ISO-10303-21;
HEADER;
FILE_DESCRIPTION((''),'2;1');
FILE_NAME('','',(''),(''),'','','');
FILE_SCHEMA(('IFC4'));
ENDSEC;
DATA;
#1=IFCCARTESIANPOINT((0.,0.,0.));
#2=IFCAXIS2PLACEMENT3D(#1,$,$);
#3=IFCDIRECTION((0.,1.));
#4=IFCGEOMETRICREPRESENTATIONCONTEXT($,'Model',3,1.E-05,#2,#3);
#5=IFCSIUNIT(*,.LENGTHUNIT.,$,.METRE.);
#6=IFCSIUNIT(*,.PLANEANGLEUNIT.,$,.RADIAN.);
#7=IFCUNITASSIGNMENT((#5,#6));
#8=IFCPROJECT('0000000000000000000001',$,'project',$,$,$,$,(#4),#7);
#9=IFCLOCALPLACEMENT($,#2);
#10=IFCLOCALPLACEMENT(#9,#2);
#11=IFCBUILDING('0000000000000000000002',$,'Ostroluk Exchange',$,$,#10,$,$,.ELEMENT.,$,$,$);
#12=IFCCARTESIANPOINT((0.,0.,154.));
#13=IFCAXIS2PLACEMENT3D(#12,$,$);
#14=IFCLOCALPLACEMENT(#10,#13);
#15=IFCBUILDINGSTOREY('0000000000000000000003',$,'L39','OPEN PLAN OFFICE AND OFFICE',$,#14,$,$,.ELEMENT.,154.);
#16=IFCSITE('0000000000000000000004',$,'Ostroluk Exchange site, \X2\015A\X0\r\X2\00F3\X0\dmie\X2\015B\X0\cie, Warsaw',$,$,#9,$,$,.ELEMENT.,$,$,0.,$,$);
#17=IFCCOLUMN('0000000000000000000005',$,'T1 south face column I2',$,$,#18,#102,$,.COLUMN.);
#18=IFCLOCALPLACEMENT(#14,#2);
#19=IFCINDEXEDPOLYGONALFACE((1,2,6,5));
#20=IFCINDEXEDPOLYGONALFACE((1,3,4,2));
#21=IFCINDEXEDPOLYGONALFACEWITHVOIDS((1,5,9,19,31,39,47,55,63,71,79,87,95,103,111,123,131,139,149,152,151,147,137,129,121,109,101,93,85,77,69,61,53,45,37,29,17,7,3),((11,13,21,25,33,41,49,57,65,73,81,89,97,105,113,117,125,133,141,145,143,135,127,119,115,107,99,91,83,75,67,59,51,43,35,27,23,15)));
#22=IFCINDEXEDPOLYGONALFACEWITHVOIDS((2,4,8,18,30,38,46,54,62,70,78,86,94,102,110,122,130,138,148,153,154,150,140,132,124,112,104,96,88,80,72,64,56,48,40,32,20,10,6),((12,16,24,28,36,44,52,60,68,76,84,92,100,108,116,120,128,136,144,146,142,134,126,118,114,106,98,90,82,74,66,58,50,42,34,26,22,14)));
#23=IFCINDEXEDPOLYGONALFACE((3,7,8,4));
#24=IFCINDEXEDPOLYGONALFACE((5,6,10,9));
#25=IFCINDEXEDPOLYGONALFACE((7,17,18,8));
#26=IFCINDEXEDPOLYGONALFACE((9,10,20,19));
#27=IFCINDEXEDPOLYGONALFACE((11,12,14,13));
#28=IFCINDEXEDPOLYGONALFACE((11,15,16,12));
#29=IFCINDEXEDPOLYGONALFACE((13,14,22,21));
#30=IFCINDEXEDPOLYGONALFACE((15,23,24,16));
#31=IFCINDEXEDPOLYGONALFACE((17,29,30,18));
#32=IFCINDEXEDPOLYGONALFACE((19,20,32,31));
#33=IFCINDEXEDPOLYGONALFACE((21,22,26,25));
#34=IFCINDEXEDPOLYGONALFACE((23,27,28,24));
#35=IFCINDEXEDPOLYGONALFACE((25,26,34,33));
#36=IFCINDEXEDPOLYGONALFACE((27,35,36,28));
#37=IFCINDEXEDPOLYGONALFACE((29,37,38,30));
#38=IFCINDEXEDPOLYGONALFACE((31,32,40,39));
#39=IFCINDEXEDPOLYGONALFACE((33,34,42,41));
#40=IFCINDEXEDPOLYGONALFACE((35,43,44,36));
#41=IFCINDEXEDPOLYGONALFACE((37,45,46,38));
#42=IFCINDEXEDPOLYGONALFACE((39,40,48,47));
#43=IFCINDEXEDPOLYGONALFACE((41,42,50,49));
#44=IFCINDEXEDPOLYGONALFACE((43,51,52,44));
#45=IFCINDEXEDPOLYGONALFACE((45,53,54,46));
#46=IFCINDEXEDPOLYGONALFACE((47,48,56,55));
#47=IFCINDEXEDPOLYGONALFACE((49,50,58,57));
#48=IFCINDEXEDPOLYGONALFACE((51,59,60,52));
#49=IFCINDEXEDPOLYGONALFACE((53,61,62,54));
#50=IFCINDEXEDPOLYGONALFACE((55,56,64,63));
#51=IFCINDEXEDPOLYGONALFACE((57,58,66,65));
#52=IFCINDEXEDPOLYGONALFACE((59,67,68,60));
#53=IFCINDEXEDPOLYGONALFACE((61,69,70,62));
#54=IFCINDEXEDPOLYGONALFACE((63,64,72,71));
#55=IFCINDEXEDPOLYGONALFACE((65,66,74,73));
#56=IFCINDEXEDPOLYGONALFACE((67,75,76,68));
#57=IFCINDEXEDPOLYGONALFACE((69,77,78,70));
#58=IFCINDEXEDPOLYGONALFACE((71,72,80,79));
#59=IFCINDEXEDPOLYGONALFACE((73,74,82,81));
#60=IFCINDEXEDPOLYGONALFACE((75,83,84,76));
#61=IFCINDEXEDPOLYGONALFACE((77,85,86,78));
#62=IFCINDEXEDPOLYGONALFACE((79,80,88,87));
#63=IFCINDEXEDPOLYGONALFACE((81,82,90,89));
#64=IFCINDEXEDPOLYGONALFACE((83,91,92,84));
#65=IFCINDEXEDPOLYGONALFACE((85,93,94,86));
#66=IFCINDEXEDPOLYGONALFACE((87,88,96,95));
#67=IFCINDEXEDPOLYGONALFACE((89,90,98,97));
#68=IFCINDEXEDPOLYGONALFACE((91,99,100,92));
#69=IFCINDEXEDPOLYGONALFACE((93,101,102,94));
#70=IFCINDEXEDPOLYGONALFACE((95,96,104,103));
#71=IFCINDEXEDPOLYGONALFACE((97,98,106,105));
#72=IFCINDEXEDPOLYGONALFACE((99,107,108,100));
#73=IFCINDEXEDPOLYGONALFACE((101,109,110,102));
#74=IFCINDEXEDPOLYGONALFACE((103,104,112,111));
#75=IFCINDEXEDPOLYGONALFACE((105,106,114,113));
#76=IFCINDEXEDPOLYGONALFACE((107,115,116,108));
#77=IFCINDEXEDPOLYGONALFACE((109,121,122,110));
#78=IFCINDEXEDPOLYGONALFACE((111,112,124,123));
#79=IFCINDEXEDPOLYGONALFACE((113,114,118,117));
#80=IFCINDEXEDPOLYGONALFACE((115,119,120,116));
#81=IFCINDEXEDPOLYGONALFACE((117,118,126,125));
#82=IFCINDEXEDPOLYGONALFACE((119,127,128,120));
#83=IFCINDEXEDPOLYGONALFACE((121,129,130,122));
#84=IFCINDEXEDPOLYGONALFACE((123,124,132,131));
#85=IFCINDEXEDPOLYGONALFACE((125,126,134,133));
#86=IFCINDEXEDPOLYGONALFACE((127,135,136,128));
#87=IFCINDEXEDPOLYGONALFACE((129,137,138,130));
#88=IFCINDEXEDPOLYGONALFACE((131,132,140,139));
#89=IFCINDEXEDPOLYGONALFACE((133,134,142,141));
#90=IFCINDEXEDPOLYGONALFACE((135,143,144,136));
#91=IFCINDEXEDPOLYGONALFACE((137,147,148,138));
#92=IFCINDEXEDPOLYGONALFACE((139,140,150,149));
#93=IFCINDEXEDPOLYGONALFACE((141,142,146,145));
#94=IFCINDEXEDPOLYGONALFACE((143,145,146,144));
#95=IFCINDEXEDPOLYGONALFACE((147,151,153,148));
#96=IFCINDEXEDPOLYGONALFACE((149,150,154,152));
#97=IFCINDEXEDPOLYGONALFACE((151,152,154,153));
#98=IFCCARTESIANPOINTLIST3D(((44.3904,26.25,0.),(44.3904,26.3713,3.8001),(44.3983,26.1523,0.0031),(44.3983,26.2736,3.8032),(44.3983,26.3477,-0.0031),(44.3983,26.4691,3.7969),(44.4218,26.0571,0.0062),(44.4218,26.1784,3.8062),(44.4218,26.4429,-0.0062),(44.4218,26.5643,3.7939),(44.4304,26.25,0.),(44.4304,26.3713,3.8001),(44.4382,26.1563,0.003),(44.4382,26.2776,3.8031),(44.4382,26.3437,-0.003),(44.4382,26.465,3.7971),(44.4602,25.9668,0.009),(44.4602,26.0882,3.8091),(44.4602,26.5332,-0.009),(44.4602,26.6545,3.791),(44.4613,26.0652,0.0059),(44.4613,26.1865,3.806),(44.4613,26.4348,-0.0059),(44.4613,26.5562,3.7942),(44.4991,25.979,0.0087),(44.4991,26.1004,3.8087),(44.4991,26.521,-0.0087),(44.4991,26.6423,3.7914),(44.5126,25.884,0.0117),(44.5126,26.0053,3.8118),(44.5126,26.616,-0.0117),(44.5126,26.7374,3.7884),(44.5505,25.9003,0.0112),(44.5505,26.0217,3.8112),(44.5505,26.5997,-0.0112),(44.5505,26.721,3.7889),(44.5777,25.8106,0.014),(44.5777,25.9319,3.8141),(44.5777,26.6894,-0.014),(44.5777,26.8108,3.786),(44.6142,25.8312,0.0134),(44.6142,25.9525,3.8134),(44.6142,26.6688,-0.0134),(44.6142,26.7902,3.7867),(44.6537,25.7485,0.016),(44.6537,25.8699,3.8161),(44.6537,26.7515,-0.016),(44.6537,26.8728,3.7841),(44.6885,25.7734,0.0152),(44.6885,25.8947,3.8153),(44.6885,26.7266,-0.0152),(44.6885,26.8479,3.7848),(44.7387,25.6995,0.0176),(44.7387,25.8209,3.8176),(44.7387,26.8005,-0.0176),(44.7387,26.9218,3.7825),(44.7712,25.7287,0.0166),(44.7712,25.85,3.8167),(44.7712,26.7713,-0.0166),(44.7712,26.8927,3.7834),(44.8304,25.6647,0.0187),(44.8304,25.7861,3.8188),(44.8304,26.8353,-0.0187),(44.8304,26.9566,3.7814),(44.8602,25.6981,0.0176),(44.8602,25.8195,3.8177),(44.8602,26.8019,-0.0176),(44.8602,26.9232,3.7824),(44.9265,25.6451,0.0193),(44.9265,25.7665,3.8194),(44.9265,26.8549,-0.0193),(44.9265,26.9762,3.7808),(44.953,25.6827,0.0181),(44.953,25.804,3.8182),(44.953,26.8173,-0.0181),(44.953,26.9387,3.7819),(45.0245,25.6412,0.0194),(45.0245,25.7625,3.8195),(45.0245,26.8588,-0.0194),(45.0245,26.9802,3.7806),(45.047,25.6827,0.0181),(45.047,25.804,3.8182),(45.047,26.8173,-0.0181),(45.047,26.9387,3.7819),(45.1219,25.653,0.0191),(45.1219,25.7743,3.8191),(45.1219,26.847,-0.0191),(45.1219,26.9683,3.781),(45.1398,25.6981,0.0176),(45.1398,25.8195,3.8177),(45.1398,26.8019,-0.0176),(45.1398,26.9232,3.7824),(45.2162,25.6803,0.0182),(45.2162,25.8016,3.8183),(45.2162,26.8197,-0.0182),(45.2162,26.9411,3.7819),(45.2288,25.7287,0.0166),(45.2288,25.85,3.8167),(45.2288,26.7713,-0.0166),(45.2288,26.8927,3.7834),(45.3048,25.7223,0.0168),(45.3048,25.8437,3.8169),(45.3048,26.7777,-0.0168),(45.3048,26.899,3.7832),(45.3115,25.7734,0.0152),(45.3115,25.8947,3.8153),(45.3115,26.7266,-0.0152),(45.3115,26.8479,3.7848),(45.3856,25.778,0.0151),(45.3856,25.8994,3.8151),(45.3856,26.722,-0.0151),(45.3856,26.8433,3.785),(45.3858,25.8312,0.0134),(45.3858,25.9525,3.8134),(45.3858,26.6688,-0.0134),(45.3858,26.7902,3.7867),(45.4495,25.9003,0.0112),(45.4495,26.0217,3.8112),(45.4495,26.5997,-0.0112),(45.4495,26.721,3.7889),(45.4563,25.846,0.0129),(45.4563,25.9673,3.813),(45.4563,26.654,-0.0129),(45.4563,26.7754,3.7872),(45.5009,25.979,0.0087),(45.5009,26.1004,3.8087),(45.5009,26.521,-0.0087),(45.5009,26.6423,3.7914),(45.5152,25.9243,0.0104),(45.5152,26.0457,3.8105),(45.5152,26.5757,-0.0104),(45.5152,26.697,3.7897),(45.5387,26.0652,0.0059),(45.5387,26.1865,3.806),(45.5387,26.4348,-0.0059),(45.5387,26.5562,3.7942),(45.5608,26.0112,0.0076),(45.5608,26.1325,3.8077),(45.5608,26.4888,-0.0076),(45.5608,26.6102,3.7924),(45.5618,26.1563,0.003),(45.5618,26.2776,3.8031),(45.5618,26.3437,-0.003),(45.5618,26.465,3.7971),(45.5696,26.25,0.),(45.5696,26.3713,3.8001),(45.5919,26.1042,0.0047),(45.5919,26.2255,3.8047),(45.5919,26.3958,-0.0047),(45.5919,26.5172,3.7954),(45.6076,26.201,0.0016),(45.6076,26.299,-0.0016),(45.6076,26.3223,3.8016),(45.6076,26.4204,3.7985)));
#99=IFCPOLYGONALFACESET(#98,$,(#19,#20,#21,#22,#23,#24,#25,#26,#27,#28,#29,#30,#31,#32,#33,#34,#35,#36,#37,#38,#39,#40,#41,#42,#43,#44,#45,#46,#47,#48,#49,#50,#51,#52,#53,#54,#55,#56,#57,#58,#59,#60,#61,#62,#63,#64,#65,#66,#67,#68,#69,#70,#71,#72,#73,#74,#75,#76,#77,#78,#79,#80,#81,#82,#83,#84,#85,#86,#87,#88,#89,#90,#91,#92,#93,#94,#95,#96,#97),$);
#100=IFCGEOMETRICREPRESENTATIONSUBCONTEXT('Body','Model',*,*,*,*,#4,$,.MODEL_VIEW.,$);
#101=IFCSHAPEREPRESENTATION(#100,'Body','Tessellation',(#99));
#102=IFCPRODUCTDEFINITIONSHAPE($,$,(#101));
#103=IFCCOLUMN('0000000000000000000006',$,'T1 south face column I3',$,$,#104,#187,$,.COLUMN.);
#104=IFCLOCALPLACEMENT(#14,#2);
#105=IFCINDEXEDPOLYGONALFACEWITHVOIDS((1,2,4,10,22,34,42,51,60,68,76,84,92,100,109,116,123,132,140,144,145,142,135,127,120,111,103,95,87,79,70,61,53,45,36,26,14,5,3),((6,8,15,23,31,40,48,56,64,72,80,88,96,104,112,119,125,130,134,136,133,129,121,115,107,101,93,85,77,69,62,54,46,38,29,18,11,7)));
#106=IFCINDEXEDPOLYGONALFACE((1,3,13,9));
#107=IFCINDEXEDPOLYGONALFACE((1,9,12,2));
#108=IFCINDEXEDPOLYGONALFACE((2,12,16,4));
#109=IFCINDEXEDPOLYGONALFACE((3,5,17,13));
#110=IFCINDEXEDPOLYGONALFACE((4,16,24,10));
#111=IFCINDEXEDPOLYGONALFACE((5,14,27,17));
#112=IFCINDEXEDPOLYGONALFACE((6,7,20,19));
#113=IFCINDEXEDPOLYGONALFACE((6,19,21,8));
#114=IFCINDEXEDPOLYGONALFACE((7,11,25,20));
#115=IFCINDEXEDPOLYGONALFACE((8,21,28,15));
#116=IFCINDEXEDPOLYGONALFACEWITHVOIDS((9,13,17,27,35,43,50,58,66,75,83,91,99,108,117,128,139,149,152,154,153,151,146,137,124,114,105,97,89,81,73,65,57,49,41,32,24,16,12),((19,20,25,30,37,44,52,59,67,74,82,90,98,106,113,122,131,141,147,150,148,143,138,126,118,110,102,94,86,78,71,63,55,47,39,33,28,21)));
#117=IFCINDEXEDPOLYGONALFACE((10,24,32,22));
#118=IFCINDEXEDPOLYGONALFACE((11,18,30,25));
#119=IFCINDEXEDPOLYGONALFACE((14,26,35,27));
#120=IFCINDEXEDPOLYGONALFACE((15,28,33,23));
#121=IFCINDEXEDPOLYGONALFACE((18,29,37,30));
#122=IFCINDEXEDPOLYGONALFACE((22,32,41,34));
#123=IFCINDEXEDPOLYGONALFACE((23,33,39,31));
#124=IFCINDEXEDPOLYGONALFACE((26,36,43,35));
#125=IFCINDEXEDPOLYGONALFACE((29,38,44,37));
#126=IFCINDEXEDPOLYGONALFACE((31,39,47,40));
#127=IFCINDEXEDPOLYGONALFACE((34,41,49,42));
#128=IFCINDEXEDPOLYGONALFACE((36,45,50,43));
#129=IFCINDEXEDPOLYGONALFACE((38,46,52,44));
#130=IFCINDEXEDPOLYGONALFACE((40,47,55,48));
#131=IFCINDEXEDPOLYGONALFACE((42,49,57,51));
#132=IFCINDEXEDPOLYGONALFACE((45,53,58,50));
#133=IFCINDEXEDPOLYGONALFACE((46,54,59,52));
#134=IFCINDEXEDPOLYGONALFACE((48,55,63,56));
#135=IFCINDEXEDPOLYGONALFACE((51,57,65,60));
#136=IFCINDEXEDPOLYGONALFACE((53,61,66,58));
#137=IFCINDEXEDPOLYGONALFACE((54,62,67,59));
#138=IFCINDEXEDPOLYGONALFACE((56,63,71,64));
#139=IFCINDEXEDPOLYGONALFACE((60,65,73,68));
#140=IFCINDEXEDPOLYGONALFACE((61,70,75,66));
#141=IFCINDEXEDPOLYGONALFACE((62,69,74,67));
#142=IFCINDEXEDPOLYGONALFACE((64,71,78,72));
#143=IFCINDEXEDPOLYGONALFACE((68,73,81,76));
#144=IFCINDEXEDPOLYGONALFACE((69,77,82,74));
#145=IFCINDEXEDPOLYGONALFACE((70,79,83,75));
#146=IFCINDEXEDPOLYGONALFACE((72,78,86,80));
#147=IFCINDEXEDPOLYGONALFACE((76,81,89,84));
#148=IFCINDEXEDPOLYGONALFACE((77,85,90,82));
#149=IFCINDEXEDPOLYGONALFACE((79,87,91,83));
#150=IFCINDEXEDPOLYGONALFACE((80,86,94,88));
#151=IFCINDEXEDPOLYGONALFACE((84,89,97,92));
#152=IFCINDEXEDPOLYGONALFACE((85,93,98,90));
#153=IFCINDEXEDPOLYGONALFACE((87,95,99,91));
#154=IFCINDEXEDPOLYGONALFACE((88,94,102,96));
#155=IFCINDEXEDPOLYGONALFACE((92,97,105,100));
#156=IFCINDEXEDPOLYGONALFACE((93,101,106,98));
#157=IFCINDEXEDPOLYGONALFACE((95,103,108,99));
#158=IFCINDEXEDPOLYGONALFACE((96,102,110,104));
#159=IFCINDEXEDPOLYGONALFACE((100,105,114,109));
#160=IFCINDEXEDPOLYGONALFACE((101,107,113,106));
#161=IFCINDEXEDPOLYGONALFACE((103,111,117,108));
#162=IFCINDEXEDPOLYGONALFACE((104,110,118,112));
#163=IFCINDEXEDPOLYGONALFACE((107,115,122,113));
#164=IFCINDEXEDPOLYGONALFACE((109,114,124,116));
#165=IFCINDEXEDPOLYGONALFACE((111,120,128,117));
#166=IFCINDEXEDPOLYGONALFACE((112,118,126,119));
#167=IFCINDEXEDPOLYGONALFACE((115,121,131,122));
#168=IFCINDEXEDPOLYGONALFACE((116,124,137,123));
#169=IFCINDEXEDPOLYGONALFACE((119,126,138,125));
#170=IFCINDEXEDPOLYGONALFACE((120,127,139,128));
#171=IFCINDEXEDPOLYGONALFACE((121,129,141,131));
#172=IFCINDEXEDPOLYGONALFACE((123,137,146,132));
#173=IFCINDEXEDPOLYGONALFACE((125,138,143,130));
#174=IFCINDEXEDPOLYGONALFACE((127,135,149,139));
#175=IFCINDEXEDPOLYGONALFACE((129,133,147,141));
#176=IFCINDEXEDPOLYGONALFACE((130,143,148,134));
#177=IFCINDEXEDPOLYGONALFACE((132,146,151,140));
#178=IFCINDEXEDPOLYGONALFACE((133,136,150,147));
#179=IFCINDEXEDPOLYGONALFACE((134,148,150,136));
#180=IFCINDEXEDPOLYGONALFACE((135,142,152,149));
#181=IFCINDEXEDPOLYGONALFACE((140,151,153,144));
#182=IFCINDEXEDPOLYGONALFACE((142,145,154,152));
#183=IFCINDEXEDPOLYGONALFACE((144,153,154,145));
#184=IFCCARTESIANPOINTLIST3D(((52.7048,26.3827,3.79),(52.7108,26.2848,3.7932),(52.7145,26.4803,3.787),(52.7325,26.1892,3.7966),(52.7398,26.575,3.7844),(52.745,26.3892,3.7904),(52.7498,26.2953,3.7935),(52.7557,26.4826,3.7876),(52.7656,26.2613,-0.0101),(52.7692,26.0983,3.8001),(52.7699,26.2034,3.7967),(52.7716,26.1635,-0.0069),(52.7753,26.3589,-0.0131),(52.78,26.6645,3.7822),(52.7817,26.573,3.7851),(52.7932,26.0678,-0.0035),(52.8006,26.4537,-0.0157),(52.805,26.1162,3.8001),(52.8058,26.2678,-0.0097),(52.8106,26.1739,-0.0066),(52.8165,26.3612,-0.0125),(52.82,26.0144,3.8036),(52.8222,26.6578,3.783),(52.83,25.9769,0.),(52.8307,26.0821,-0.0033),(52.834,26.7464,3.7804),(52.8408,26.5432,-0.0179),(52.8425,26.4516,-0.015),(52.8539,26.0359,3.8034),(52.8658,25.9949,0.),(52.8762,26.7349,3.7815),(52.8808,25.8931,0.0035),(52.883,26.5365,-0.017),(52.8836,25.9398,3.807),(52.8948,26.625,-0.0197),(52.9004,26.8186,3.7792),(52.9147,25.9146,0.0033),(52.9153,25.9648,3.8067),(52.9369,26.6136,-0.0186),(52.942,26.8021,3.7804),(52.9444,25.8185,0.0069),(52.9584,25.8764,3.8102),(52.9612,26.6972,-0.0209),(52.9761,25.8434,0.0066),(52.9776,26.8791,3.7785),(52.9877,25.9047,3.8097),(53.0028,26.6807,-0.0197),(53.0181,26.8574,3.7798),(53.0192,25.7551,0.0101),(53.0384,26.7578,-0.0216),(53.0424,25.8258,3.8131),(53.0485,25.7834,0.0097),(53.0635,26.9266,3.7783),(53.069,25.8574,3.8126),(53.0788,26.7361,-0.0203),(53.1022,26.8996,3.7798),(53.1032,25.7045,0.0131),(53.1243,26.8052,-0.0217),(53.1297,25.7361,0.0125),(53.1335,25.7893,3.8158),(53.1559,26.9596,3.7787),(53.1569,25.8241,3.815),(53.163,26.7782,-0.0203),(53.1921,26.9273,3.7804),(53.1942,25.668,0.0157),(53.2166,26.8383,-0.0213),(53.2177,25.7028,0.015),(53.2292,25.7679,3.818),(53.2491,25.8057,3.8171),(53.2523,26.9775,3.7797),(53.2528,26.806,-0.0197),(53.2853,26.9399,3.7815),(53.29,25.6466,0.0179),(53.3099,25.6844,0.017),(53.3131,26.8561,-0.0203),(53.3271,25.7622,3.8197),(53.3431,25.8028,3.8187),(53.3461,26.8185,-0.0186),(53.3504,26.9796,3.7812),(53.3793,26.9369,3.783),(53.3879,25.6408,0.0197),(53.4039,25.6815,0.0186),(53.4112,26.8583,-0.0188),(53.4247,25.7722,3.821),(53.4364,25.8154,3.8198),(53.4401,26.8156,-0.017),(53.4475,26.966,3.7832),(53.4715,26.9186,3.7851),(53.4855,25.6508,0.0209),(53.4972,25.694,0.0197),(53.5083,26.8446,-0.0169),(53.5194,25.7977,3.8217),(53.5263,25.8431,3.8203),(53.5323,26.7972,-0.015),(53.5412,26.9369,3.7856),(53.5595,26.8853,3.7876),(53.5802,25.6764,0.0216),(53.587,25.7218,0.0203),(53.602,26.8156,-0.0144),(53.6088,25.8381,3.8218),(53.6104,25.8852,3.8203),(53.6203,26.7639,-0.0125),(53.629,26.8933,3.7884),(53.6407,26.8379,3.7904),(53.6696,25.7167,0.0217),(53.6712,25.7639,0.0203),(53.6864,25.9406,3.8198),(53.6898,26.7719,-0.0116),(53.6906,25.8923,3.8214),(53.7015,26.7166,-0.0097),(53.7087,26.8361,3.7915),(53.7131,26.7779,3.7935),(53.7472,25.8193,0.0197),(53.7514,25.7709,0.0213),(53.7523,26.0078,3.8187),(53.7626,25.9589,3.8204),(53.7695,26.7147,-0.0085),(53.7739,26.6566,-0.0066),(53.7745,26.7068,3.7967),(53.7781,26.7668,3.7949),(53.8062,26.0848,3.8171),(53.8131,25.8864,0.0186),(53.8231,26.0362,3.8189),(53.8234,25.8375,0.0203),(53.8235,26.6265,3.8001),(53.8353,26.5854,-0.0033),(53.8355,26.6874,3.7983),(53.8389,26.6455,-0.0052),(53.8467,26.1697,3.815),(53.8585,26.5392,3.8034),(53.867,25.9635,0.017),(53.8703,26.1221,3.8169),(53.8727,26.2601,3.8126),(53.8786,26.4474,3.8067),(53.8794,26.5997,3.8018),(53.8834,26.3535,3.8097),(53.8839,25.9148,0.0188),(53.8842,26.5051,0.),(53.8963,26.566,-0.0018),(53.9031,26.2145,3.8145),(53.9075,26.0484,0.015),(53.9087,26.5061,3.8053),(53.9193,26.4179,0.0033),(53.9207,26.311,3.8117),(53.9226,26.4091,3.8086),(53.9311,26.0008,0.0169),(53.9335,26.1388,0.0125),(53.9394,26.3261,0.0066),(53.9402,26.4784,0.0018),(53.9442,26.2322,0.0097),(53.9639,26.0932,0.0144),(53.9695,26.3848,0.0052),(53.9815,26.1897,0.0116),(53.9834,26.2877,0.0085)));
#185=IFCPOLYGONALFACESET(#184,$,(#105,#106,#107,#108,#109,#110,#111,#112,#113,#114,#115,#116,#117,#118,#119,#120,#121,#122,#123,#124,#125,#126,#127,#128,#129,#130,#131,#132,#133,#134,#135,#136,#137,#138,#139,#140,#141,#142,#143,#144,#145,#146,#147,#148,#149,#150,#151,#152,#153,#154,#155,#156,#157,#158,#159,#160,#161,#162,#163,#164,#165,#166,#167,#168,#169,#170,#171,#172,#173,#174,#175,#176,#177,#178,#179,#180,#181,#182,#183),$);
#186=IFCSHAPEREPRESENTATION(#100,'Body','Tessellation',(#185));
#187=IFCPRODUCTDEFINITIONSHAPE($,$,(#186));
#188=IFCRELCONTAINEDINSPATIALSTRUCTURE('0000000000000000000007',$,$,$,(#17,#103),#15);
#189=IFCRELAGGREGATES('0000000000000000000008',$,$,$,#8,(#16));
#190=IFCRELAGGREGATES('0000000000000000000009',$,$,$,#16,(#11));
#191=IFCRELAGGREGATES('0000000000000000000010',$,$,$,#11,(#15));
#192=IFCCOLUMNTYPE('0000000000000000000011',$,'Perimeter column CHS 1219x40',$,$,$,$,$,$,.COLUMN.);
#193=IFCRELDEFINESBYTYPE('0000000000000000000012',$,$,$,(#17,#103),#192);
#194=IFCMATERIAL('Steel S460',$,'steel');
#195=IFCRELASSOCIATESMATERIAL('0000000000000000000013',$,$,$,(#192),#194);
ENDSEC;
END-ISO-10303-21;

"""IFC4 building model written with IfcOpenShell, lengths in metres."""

from ifc_helpers import new_model, si_unit, direction, frame, origin, origin_2d, place, context, subcontext, project, spatial, hollow_circle, extrude, material, material_profile, profile_set, type_object, element, save


model = new_model("IFC4")

# Units and contexts
model_context = context("Model", 3, precision=1e-05, world=origin(), true_north=direction((0.0, 1.0)))
body_context = subcontext(model_context, "Body", "Model", "MODEL_VIEW")
ifc_project = project(units=[si_unit("LENGTHUNIT", "METRE"), si_unit("PLANEANGLEUNIT", "RADIAN")], contexts=[model_context])

# Site, building, storey
site_placement = place(None, origin())
site = spatial("IfcSite", under=ifc_project, at=site_placement, Name="Ostroluk Exchange site, Śródmieście, Warsaw", CompositionType="ELEMENT", RefElevation=0.0)
building_placement = place(site_placement, origin())
building = spatial("IfcBuilding", under=site, at=building_placement, Name="Ostroluk Exchange", CompositionType="ELEMENT")
storey_placement = place(building_placement, frame((0.0, 0.0, 154.0)))
storey = spatial("IfcBuildingStorey", under=building, at=storey_placement, Name="L39", Description="OPEN PLAN OFFICE AND OFFICE", CompositionType="ELEMENT", Elevation=154.0)

# Columns
ifc_material_1 = material(Name="Steel S460", Category="steel")
ifc_material_profile_1 = material_profile(ifc_material_1, hollow_circle(Radius=0.6096, WallThickness=0.04, at=origin_2d()), Name="CHS 1219x40")
ifc_profile_set_1 = profile_set([ifc_material_profile_1], Name="Steel S460")
column_type = type_object("IfcColumnType", Name="Perimeter column CHS 1219x40", PredefinedType="COLUMN", material=ifc_profile_set_1)
column_1_placement = place(storey_placement, frame((45.0, 26.25, 0.0), z_axis=(0.0, 0.031914, 0.999491), x_axis=(-1.0, 0.0, 0.0)))
element("IfcColumn", 1, at=column_1_placement, inside=storey, type_object=column_type, Name="T1 south face column I2", PredefinedType="COLUMN", context=body_context, shape_type="SweptSolid", body=[
    extrude(hollow_circle(Radius=0.6096, WallThickness=0.04, at=origin_2d()), origin(), (0.0, 0.0, 1.0), 3.802),
])
column_2_placement = place(storey_placement, frame((53.375, 26.25, 0.0), z_axis=(-0.015987, 0.03191, 0.999363), x_axis=(-0.894067, -0.447933, 0.0)))
element("IfcColumn", 2, at=column_2_placement, inside=storey, type_object=column_type, Name="T1 south face column I3", PredefinedType="COLUMN", context=body_context, shape_type="SweptSolid", body=[
    extrude(hollow_circle(Radius=0.6096, WallThickness=0.04, at=origin_2d()), origin(), (0.0, 0.0, 1.0), 3.8025),
])

save(model, "model.ifc")
